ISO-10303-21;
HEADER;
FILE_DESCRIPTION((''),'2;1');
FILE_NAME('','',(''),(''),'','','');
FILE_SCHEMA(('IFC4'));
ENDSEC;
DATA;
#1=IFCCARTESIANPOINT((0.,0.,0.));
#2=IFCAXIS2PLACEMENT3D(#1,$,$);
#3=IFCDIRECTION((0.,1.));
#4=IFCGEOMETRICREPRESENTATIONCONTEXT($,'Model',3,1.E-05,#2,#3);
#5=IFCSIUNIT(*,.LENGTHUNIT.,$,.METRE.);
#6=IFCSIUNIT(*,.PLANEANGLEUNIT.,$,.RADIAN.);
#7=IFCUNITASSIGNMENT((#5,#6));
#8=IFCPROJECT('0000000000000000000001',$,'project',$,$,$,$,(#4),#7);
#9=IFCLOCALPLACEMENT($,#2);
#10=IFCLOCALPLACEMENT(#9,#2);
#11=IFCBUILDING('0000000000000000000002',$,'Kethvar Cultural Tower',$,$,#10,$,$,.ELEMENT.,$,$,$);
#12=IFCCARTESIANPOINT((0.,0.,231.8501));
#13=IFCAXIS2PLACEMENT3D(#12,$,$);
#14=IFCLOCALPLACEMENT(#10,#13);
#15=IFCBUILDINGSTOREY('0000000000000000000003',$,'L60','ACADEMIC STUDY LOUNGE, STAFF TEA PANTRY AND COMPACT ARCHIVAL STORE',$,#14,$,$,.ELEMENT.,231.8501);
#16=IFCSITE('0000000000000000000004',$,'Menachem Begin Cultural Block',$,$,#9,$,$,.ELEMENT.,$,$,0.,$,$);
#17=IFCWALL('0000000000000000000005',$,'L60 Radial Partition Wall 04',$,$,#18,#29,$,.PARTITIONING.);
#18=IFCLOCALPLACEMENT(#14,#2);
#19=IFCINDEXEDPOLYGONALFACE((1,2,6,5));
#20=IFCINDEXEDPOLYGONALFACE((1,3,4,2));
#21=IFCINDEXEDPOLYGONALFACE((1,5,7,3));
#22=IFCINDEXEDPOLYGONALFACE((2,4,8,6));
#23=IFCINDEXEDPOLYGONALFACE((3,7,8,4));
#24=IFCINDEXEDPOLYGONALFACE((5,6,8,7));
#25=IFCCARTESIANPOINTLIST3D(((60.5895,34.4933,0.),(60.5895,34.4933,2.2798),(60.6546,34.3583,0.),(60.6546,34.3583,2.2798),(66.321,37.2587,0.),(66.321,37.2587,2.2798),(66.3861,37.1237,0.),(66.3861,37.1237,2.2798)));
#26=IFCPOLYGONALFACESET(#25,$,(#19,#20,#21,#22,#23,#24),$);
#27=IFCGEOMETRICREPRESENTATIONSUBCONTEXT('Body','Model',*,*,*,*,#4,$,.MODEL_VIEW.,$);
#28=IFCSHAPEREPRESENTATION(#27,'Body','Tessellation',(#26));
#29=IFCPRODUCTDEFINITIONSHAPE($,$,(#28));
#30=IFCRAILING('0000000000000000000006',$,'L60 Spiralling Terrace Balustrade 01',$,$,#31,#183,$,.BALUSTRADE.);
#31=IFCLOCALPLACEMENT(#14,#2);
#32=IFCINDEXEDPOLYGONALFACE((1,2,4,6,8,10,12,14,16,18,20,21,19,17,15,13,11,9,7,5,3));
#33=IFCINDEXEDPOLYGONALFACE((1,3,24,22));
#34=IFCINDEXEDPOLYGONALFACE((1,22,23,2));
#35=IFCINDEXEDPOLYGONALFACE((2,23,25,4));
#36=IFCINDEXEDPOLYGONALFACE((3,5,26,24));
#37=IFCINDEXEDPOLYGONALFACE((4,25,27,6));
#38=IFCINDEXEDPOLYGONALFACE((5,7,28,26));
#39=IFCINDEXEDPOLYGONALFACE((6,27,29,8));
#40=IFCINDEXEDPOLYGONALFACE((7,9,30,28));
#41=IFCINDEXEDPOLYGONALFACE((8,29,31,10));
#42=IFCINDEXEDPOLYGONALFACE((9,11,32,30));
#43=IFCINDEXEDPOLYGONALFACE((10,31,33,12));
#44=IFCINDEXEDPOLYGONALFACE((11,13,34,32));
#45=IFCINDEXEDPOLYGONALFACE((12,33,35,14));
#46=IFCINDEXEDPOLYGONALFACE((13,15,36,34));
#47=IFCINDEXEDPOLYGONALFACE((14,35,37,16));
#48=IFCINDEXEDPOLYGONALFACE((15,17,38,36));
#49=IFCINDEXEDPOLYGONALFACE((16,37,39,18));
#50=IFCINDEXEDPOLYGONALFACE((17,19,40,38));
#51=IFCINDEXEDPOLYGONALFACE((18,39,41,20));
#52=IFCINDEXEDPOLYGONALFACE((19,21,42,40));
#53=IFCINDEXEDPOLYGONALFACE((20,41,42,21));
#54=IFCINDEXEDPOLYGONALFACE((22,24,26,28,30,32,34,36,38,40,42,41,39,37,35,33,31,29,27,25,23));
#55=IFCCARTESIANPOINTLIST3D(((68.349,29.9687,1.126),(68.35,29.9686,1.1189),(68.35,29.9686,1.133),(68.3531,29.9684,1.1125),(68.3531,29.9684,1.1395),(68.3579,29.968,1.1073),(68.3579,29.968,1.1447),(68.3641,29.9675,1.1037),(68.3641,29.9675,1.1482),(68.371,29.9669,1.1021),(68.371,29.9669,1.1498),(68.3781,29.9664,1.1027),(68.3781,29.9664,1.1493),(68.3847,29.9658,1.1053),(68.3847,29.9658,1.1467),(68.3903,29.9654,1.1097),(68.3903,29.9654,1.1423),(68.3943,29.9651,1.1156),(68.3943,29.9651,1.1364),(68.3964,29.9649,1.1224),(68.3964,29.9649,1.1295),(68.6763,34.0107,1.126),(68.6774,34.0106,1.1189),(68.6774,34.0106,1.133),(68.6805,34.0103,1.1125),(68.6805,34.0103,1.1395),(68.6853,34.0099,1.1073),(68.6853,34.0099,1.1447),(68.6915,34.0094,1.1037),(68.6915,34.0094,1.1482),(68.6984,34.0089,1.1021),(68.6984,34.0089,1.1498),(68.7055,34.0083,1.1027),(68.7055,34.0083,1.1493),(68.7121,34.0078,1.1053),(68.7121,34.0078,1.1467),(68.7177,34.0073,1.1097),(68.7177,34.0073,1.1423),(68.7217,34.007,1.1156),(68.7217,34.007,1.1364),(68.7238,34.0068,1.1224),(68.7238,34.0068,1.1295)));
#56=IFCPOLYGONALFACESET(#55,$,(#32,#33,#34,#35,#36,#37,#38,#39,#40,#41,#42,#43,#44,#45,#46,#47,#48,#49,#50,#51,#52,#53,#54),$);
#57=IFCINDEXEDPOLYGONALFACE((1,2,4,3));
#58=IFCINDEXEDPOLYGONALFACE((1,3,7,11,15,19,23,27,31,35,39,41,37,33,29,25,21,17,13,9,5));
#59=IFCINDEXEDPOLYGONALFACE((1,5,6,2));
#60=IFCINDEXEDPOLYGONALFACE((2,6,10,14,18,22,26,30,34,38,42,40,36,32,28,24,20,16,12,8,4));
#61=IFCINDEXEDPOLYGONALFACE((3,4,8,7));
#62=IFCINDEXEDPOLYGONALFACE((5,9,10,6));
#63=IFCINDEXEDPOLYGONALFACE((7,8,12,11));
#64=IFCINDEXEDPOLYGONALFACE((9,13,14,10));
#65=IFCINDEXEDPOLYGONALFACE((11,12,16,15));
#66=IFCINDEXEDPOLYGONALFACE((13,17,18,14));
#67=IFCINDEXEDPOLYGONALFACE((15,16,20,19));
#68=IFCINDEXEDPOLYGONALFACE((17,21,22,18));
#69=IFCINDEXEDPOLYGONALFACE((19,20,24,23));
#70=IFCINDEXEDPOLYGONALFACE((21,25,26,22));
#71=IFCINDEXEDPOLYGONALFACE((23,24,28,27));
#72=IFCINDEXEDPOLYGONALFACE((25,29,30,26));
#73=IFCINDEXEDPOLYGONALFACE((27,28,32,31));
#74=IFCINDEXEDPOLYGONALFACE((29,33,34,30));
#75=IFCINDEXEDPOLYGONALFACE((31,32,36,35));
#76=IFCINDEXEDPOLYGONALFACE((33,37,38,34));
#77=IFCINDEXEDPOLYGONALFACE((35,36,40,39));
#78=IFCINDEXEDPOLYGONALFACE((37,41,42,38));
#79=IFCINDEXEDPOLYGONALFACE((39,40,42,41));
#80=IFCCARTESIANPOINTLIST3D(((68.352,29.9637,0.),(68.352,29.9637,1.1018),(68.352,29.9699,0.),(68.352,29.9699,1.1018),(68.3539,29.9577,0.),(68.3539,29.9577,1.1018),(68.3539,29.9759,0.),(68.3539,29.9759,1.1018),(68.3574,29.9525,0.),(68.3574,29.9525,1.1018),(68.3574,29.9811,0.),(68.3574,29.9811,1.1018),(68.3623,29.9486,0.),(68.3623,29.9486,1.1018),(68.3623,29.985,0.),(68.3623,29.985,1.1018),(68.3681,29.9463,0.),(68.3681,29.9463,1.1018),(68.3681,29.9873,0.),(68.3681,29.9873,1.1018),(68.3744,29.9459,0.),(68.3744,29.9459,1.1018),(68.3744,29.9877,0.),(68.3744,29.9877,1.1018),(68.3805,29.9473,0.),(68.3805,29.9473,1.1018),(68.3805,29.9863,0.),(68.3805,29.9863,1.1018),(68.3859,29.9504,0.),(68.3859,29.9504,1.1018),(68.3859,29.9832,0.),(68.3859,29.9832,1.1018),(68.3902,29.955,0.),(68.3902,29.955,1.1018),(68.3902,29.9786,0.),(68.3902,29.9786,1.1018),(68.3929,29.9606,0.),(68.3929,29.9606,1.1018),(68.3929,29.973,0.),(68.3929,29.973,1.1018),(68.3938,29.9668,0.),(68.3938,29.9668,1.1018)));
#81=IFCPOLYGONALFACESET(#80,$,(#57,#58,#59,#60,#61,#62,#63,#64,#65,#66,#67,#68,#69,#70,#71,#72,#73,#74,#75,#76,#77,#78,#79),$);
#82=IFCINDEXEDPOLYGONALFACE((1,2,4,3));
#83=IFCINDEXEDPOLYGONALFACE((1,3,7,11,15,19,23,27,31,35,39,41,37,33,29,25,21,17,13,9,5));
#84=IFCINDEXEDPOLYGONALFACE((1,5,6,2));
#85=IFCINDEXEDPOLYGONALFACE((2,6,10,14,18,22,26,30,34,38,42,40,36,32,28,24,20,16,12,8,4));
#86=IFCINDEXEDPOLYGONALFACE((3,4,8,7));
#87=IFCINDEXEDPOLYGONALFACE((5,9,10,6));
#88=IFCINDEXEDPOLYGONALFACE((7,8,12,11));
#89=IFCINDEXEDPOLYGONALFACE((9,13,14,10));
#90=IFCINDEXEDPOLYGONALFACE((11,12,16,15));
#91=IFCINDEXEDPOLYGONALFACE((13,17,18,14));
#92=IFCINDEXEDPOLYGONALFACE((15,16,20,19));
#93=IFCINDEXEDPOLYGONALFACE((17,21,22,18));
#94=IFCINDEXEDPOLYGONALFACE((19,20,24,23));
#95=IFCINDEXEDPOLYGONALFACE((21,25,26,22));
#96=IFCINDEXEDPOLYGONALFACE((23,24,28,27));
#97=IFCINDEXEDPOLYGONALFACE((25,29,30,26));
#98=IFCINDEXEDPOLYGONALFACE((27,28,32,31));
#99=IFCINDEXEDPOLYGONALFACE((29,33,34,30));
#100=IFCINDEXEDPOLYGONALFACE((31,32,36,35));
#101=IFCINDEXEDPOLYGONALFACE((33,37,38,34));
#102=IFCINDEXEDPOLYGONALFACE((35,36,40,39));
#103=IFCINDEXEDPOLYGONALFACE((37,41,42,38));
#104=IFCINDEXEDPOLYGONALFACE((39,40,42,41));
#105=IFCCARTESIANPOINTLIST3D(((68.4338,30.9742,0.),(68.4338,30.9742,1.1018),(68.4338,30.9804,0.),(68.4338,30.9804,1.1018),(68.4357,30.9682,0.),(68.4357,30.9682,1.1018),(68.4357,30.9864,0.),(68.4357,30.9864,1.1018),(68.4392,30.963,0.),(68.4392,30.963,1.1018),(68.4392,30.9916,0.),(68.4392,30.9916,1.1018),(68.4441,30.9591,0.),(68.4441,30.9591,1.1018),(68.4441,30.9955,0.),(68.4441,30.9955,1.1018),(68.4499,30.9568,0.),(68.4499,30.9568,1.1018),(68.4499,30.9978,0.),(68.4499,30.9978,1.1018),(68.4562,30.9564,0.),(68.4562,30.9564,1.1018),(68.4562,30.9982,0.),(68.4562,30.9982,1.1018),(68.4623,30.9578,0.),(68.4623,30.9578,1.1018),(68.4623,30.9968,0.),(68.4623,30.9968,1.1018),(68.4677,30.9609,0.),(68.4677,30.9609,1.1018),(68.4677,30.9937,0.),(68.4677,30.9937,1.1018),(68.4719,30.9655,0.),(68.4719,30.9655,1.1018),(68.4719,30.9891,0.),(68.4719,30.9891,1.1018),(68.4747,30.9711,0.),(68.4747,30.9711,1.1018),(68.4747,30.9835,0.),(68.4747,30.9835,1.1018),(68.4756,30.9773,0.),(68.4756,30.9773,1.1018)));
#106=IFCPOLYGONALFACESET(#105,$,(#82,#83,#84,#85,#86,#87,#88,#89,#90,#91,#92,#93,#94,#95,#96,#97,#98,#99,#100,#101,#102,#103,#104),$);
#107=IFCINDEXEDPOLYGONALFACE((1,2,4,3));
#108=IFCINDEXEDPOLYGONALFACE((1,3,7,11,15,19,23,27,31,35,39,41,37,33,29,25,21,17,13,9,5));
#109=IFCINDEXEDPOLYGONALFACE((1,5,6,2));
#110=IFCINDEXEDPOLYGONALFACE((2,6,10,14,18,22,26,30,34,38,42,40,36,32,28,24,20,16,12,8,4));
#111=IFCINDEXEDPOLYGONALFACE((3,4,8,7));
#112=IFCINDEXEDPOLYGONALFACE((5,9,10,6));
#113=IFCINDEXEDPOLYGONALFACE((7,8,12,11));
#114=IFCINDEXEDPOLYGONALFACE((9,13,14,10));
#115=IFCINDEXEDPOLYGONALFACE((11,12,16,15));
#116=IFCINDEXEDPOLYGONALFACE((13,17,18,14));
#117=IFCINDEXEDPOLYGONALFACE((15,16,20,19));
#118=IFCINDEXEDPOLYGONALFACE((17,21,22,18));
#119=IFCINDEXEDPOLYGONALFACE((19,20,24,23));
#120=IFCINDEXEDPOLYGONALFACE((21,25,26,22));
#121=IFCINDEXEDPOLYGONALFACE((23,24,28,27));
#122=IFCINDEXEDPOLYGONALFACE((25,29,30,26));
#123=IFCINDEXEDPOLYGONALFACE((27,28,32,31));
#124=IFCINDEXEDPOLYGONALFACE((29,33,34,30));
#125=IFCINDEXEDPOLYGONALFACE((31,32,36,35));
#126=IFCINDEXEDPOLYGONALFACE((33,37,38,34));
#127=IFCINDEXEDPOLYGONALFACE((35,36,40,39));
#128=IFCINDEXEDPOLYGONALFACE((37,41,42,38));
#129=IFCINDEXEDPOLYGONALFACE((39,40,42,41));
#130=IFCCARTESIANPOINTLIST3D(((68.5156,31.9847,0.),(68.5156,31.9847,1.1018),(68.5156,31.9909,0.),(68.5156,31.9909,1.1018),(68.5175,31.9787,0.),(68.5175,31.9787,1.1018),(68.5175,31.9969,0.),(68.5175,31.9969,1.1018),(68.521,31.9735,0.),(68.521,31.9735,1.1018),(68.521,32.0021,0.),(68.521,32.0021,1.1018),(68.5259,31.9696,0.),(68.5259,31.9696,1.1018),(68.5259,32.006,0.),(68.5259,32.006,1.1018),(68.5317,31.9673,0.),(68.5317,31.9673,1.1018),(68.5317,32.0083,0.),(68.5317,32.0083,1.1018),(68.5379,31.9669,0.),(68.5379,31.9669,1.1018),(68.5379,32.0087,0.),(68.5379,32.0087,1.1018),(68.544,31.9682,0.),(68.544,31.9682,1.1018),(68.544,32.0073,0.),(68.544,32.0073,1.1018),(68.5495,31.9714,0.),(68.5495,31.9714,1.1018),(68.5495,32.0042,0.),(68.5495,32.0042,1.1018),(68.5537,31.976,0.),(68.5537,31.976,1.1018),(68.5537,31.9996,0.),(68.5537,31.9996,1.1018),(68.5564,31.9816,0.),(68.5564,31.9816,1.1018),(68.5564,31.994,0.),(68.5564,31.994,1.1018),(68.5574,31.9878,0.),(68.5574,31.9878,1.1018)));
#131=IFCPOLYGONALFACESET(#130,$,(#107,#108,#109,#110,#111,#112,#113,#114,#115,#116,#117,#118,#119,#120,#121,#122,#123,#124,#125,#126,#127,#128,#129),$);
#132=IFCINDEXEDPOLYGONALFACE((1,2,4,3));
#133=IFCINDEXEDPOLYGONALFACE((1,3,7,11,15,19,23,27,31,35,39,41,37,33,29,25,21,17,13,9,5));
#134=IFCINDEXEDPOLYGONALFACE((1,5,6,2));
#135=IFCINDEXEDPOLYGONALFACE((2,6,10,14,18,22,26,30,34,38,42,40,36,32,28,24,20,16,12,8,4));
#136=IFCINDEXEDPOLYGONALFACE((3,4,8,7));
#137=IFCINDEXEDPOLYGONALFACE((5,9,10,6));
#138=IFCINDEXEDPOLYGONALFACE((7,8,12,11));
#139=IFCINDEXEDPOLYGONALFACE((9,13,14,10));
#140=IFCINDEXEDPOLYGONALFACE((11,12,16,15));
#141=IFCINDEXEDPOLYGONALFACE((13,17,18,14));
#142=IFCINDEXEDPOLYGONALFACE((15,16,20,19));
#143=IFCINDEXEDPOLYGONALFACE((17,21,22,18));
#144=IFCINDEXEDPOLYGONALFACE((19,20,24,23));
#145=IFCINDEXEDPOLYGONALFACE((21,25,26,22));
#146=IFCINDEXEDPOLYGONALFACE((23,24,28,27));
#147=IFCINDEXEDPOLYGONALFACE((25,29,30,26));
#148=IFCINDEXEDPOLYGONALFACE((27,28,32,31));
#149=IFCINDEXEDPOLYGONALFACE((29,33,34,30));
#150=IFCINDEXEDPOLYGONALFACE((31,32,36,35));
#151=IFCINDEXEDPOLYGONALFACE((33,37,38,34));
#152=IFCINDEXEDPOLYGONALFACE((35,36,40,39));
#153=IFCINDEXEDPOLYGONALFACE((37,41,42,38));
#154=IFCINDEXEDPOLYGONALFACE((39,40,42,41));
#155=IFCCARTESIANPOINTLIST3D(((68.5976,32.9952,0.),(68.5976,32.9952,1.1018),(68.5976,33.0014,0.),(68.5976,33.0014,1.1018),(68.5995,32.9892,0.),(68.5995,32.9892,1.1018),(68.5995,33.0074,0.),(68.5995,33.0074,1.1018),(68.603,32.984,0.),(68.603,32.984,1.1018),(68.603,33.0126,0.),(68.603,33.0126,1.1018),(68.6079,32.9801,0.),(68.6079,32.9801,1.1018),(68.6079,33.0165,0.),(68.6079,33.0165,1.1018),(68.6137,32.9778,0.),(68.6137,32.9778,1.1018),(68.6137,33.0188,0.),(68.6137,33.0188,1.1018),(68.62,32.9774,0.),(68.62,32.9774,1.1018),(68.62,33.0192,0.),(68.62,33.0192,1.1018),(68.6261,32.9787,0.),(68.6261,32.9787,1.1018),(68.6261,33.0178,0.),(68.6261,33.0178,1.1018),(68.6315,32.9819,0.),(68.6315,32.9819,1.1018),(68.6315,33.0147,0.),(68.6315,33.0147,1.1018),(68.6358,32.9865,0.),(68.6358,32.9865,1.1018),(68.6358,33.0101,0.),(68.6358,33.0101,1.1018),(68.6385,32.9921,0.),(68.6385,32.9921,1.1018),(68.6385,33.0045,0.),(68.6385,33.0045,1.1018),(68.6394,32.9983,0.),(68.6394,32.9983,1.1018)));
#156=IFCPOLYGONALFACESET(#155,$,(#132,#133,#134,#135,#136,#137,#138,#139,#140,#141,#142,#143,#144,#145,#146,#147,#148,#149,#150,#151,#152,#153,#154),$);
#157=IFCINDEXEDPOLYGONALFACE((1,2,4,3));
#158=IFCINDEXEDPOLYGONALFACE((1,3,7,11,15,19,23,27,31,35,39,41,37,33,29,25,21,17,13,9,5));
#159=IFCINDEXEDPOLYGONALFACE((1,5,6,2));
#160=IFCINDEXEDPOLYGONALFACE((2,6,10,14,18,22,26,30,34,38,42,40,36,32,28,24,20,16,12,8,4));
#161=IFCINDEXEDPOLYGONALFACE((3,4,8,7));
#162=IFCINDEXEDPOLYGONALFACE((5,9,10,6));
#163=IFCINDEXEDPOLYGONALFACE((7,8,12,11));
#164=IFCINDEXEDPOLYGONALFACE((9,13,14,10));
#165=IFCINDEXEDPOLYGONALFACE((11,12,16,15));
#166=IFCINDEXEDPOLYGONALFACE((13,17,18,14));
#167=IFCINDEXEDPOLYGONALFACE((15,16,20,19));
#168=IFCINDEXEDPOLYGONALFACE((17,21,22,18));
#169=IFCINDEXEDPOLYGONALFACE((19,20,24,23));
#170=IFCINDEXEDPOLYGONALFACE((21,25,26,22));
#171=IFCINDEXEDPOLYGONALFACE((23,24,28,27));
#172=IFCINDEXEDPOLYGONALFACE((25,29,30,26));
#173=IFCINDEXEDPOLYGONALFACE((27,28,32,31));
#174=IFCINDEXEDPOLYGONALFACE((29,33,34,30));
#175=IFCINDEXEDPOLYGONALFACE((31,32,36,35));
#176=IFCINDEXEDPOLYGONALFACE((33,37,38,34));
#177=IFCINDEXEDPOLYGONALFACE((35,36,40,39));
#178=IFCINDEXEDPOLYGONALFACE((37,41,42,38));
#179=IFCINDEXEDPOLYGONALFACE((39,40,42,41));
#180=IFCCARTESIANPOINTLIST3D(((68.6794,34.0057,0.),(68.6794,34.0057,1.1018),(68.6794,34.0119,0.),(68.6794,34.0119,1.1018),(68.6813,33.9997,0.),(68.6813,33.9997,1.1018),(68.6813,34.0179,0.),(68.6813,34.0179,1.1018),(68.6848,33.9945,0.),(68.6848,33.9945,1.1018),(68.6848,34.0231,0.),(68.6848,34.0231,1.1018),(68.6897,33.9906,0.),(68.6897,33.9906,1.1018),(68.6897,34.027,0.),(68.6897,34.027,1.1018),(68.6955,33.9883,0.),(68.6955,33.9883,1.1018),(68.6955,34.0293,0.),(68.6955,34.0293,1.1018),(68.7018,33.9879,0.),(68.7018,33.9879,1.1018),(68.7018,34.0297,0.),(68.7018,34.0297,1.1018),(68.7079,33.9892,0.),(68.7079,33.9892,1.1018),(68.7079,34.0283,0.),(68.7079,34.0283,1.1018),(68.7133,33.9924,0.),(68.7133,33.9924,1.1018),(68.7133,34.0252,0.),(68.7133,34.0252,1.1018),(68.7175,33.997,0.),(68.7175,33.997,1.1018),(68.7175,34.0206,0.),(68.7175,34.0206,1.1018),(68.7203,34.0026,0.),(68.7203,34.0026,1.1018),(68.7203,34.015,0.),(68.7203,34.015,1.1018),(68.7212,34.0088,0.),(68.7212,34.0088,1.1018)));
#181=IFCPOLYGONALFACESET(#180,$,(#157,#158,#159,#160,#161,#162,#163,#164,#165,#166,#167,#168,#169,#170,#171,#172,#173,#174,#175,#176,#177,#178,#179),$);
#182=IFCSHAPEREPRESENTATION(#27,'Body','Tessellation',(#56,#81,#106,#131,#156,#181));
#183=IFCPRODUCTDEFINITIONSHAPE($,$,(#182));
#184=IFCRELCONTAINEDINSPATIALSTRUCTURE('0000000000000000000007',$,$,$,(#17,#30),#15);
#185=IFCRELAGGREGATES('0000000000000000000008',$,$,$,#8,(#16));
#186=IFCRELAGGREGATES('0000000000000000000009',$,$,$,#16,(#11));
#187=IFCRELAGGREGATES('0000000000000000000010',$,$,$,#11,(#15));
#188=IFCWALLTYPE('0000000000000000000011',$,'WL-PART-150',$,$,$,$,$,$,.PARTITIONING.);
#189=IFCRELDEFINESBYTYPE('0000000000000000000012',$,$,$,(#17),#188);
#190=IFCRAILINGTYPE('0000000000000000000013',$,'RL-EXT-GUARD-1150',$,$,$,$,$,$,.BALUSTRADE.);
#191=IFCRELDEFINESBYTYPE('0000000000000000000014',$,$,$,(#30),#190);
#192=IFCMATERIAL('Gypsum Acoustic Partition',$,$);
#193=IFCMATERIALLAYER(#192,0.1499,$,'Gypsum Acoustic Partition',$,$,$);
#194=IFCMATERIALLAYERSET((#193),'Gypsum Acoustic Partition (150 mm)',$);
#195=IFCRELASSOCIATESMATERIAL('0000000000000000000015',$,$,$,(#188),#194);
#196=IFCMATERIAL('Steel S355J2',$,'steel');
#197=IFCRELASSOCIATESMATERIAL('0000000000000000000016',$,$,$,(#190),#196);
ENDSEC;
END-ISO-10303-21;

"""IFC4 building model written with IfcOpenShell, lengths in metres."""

from ifc_helpers import new_model, si_unit, direction, frame, frame_2d, origin, origin_2d, place, context, subcontext, project, spatial, rectangle, circle, extrude, material, layer, layer_set, type_object, element, save


model = new_model("IFC4")

# Units and contexts
model_context = context("Model", 3, precision=1e-05, world=origin(), true_north=direction((0.0, 1.0)))
body_context = subcontext(model_context, "Body", "Model", "MODEL_VIEW")
ifc_project = project(units=[si_unit("LENGTHUNIT", "METRE"), si_unit("PLANEANGLEUNIT", "RADIAN")], contexts=[model_context])

# Site, building, storey
site_placement = place(None, origin())
site = spatial("IfcSite", under=ifc_project, at=site_placement, Name="Menachem Begin Cultural Block", CompositionType="ELEMENT", RefElevation=0.0)
building_placement = place(site_placement, origin())
building = spatial("IfcBuilding", under=site, at=building_placement, Name="Kethvar Cultural Tower", CompositionType="ELEMENT")
storey_placement = place(building_placement, frame((0.0, 0.0, 231.8501)))
storey = spatial("IfcBuildingStorey", under=building, at=storey_placement, Name="L60", Description="ACADEMIC STUDY LOUNGE, STAFF TEA PANTRY AND COMPACT ARCHIVAL STORE", CompositionType="ELEMENT", Elevation=231.8501)

# Shared definitions
ifc_material_1 = material(Name="Steel S355J2", Category="steel")

# Wall
ifc_material_2 = material(Name="Gypsum Acoustic Partition")
ifc_layer_1 = layer(ifc_material_2, 0.1499, Name="Gypsum Acoustic Partition")
ifc_layer_set_1 = layer_set([ifc_layer_1], Name="Gypsum Acoustic Partition (150 mm)")
wall_type_1 = type_object("IfcWallType", Name="WL-PART-150", PredefinedType="PARTITIONING", material=ifc_layer_set_1)
wall_1_placement = place(storey_placement, frame((60.6221, 34.4258, 0.0), z_axis=(0.0, 0.0, 1.0), x_axis=(0.900645, 0.434555, 0.0)))
element("IfcWall", 1, at=wall_1_placement, inside=storey, type_object=wall_type_1, Name="L60 Radial Partition Wall 04", PredefinedType="PARTITIONING", context=body_context, shape_type="SweptSolid", body=[
    extrude(rectangle(XDim=6.3638, YDim=0.1499, at=frame_2d((3.1819, 0.0))), origin(), (0.0, 0.0, 1.0), 2.2798),
])

# Railing
railing_type = type_object("IfcRailingType", Name="RL-EXT-GUARD-1150", PredefinedType="BALUSTRADE", material=ifc_material_1)
railing_1_placement = place(storey_placement, frame((68.3728, 29.9668, 0.0)))
element("IfcRailing", 2, at=railing_1_placement, inside=storey, type_object=railing_type, Name="L60 Spiralling Terrace Balustrade 01", PredefinedType="BALUSTRADE", context=body_context, shape_type="SweptSolid", body=[
    extrude(circle(Radius=0.0239, at=origin_2d()), frame((0.0, 0.0, 1.126), z_axis=(0.080733, 0.996736, 0.0), x_axis=(-0.996736, 0.080733, 0.0)), (0.0, 0.0, 1.0), 4.0552),
    extrude(circle(Radius=0.021, at=origin_2d()), origin(), (0.0, 0.0, 1.0), 1.1018),
    extrude(circle(Radius=0.021, at=origin_2d()), frame((0.0818, 1.0105, 0.0)), (0.0, 0.0, 1.0), 1.1018),
    extrude(circle(Radius=0.021, at=origin_2d()), frame((0.1636, 2.021, 0.0)), (0.0, 0.0, 1.0), 1.1018),
    extrude(circle(Radius=0.021, at=origin_2d()), frame((0.2456, 3.0315, 0.0)), (0.0, 0.0, 1.0), 1.1018),
    extrude(circle(Radius=0.021, at=origin_2d()), frame((0.3274, 4.042, 0.0)), (0.0, 0.0, 1.0), 1.1018),
])

save(model, "model.ifc")
